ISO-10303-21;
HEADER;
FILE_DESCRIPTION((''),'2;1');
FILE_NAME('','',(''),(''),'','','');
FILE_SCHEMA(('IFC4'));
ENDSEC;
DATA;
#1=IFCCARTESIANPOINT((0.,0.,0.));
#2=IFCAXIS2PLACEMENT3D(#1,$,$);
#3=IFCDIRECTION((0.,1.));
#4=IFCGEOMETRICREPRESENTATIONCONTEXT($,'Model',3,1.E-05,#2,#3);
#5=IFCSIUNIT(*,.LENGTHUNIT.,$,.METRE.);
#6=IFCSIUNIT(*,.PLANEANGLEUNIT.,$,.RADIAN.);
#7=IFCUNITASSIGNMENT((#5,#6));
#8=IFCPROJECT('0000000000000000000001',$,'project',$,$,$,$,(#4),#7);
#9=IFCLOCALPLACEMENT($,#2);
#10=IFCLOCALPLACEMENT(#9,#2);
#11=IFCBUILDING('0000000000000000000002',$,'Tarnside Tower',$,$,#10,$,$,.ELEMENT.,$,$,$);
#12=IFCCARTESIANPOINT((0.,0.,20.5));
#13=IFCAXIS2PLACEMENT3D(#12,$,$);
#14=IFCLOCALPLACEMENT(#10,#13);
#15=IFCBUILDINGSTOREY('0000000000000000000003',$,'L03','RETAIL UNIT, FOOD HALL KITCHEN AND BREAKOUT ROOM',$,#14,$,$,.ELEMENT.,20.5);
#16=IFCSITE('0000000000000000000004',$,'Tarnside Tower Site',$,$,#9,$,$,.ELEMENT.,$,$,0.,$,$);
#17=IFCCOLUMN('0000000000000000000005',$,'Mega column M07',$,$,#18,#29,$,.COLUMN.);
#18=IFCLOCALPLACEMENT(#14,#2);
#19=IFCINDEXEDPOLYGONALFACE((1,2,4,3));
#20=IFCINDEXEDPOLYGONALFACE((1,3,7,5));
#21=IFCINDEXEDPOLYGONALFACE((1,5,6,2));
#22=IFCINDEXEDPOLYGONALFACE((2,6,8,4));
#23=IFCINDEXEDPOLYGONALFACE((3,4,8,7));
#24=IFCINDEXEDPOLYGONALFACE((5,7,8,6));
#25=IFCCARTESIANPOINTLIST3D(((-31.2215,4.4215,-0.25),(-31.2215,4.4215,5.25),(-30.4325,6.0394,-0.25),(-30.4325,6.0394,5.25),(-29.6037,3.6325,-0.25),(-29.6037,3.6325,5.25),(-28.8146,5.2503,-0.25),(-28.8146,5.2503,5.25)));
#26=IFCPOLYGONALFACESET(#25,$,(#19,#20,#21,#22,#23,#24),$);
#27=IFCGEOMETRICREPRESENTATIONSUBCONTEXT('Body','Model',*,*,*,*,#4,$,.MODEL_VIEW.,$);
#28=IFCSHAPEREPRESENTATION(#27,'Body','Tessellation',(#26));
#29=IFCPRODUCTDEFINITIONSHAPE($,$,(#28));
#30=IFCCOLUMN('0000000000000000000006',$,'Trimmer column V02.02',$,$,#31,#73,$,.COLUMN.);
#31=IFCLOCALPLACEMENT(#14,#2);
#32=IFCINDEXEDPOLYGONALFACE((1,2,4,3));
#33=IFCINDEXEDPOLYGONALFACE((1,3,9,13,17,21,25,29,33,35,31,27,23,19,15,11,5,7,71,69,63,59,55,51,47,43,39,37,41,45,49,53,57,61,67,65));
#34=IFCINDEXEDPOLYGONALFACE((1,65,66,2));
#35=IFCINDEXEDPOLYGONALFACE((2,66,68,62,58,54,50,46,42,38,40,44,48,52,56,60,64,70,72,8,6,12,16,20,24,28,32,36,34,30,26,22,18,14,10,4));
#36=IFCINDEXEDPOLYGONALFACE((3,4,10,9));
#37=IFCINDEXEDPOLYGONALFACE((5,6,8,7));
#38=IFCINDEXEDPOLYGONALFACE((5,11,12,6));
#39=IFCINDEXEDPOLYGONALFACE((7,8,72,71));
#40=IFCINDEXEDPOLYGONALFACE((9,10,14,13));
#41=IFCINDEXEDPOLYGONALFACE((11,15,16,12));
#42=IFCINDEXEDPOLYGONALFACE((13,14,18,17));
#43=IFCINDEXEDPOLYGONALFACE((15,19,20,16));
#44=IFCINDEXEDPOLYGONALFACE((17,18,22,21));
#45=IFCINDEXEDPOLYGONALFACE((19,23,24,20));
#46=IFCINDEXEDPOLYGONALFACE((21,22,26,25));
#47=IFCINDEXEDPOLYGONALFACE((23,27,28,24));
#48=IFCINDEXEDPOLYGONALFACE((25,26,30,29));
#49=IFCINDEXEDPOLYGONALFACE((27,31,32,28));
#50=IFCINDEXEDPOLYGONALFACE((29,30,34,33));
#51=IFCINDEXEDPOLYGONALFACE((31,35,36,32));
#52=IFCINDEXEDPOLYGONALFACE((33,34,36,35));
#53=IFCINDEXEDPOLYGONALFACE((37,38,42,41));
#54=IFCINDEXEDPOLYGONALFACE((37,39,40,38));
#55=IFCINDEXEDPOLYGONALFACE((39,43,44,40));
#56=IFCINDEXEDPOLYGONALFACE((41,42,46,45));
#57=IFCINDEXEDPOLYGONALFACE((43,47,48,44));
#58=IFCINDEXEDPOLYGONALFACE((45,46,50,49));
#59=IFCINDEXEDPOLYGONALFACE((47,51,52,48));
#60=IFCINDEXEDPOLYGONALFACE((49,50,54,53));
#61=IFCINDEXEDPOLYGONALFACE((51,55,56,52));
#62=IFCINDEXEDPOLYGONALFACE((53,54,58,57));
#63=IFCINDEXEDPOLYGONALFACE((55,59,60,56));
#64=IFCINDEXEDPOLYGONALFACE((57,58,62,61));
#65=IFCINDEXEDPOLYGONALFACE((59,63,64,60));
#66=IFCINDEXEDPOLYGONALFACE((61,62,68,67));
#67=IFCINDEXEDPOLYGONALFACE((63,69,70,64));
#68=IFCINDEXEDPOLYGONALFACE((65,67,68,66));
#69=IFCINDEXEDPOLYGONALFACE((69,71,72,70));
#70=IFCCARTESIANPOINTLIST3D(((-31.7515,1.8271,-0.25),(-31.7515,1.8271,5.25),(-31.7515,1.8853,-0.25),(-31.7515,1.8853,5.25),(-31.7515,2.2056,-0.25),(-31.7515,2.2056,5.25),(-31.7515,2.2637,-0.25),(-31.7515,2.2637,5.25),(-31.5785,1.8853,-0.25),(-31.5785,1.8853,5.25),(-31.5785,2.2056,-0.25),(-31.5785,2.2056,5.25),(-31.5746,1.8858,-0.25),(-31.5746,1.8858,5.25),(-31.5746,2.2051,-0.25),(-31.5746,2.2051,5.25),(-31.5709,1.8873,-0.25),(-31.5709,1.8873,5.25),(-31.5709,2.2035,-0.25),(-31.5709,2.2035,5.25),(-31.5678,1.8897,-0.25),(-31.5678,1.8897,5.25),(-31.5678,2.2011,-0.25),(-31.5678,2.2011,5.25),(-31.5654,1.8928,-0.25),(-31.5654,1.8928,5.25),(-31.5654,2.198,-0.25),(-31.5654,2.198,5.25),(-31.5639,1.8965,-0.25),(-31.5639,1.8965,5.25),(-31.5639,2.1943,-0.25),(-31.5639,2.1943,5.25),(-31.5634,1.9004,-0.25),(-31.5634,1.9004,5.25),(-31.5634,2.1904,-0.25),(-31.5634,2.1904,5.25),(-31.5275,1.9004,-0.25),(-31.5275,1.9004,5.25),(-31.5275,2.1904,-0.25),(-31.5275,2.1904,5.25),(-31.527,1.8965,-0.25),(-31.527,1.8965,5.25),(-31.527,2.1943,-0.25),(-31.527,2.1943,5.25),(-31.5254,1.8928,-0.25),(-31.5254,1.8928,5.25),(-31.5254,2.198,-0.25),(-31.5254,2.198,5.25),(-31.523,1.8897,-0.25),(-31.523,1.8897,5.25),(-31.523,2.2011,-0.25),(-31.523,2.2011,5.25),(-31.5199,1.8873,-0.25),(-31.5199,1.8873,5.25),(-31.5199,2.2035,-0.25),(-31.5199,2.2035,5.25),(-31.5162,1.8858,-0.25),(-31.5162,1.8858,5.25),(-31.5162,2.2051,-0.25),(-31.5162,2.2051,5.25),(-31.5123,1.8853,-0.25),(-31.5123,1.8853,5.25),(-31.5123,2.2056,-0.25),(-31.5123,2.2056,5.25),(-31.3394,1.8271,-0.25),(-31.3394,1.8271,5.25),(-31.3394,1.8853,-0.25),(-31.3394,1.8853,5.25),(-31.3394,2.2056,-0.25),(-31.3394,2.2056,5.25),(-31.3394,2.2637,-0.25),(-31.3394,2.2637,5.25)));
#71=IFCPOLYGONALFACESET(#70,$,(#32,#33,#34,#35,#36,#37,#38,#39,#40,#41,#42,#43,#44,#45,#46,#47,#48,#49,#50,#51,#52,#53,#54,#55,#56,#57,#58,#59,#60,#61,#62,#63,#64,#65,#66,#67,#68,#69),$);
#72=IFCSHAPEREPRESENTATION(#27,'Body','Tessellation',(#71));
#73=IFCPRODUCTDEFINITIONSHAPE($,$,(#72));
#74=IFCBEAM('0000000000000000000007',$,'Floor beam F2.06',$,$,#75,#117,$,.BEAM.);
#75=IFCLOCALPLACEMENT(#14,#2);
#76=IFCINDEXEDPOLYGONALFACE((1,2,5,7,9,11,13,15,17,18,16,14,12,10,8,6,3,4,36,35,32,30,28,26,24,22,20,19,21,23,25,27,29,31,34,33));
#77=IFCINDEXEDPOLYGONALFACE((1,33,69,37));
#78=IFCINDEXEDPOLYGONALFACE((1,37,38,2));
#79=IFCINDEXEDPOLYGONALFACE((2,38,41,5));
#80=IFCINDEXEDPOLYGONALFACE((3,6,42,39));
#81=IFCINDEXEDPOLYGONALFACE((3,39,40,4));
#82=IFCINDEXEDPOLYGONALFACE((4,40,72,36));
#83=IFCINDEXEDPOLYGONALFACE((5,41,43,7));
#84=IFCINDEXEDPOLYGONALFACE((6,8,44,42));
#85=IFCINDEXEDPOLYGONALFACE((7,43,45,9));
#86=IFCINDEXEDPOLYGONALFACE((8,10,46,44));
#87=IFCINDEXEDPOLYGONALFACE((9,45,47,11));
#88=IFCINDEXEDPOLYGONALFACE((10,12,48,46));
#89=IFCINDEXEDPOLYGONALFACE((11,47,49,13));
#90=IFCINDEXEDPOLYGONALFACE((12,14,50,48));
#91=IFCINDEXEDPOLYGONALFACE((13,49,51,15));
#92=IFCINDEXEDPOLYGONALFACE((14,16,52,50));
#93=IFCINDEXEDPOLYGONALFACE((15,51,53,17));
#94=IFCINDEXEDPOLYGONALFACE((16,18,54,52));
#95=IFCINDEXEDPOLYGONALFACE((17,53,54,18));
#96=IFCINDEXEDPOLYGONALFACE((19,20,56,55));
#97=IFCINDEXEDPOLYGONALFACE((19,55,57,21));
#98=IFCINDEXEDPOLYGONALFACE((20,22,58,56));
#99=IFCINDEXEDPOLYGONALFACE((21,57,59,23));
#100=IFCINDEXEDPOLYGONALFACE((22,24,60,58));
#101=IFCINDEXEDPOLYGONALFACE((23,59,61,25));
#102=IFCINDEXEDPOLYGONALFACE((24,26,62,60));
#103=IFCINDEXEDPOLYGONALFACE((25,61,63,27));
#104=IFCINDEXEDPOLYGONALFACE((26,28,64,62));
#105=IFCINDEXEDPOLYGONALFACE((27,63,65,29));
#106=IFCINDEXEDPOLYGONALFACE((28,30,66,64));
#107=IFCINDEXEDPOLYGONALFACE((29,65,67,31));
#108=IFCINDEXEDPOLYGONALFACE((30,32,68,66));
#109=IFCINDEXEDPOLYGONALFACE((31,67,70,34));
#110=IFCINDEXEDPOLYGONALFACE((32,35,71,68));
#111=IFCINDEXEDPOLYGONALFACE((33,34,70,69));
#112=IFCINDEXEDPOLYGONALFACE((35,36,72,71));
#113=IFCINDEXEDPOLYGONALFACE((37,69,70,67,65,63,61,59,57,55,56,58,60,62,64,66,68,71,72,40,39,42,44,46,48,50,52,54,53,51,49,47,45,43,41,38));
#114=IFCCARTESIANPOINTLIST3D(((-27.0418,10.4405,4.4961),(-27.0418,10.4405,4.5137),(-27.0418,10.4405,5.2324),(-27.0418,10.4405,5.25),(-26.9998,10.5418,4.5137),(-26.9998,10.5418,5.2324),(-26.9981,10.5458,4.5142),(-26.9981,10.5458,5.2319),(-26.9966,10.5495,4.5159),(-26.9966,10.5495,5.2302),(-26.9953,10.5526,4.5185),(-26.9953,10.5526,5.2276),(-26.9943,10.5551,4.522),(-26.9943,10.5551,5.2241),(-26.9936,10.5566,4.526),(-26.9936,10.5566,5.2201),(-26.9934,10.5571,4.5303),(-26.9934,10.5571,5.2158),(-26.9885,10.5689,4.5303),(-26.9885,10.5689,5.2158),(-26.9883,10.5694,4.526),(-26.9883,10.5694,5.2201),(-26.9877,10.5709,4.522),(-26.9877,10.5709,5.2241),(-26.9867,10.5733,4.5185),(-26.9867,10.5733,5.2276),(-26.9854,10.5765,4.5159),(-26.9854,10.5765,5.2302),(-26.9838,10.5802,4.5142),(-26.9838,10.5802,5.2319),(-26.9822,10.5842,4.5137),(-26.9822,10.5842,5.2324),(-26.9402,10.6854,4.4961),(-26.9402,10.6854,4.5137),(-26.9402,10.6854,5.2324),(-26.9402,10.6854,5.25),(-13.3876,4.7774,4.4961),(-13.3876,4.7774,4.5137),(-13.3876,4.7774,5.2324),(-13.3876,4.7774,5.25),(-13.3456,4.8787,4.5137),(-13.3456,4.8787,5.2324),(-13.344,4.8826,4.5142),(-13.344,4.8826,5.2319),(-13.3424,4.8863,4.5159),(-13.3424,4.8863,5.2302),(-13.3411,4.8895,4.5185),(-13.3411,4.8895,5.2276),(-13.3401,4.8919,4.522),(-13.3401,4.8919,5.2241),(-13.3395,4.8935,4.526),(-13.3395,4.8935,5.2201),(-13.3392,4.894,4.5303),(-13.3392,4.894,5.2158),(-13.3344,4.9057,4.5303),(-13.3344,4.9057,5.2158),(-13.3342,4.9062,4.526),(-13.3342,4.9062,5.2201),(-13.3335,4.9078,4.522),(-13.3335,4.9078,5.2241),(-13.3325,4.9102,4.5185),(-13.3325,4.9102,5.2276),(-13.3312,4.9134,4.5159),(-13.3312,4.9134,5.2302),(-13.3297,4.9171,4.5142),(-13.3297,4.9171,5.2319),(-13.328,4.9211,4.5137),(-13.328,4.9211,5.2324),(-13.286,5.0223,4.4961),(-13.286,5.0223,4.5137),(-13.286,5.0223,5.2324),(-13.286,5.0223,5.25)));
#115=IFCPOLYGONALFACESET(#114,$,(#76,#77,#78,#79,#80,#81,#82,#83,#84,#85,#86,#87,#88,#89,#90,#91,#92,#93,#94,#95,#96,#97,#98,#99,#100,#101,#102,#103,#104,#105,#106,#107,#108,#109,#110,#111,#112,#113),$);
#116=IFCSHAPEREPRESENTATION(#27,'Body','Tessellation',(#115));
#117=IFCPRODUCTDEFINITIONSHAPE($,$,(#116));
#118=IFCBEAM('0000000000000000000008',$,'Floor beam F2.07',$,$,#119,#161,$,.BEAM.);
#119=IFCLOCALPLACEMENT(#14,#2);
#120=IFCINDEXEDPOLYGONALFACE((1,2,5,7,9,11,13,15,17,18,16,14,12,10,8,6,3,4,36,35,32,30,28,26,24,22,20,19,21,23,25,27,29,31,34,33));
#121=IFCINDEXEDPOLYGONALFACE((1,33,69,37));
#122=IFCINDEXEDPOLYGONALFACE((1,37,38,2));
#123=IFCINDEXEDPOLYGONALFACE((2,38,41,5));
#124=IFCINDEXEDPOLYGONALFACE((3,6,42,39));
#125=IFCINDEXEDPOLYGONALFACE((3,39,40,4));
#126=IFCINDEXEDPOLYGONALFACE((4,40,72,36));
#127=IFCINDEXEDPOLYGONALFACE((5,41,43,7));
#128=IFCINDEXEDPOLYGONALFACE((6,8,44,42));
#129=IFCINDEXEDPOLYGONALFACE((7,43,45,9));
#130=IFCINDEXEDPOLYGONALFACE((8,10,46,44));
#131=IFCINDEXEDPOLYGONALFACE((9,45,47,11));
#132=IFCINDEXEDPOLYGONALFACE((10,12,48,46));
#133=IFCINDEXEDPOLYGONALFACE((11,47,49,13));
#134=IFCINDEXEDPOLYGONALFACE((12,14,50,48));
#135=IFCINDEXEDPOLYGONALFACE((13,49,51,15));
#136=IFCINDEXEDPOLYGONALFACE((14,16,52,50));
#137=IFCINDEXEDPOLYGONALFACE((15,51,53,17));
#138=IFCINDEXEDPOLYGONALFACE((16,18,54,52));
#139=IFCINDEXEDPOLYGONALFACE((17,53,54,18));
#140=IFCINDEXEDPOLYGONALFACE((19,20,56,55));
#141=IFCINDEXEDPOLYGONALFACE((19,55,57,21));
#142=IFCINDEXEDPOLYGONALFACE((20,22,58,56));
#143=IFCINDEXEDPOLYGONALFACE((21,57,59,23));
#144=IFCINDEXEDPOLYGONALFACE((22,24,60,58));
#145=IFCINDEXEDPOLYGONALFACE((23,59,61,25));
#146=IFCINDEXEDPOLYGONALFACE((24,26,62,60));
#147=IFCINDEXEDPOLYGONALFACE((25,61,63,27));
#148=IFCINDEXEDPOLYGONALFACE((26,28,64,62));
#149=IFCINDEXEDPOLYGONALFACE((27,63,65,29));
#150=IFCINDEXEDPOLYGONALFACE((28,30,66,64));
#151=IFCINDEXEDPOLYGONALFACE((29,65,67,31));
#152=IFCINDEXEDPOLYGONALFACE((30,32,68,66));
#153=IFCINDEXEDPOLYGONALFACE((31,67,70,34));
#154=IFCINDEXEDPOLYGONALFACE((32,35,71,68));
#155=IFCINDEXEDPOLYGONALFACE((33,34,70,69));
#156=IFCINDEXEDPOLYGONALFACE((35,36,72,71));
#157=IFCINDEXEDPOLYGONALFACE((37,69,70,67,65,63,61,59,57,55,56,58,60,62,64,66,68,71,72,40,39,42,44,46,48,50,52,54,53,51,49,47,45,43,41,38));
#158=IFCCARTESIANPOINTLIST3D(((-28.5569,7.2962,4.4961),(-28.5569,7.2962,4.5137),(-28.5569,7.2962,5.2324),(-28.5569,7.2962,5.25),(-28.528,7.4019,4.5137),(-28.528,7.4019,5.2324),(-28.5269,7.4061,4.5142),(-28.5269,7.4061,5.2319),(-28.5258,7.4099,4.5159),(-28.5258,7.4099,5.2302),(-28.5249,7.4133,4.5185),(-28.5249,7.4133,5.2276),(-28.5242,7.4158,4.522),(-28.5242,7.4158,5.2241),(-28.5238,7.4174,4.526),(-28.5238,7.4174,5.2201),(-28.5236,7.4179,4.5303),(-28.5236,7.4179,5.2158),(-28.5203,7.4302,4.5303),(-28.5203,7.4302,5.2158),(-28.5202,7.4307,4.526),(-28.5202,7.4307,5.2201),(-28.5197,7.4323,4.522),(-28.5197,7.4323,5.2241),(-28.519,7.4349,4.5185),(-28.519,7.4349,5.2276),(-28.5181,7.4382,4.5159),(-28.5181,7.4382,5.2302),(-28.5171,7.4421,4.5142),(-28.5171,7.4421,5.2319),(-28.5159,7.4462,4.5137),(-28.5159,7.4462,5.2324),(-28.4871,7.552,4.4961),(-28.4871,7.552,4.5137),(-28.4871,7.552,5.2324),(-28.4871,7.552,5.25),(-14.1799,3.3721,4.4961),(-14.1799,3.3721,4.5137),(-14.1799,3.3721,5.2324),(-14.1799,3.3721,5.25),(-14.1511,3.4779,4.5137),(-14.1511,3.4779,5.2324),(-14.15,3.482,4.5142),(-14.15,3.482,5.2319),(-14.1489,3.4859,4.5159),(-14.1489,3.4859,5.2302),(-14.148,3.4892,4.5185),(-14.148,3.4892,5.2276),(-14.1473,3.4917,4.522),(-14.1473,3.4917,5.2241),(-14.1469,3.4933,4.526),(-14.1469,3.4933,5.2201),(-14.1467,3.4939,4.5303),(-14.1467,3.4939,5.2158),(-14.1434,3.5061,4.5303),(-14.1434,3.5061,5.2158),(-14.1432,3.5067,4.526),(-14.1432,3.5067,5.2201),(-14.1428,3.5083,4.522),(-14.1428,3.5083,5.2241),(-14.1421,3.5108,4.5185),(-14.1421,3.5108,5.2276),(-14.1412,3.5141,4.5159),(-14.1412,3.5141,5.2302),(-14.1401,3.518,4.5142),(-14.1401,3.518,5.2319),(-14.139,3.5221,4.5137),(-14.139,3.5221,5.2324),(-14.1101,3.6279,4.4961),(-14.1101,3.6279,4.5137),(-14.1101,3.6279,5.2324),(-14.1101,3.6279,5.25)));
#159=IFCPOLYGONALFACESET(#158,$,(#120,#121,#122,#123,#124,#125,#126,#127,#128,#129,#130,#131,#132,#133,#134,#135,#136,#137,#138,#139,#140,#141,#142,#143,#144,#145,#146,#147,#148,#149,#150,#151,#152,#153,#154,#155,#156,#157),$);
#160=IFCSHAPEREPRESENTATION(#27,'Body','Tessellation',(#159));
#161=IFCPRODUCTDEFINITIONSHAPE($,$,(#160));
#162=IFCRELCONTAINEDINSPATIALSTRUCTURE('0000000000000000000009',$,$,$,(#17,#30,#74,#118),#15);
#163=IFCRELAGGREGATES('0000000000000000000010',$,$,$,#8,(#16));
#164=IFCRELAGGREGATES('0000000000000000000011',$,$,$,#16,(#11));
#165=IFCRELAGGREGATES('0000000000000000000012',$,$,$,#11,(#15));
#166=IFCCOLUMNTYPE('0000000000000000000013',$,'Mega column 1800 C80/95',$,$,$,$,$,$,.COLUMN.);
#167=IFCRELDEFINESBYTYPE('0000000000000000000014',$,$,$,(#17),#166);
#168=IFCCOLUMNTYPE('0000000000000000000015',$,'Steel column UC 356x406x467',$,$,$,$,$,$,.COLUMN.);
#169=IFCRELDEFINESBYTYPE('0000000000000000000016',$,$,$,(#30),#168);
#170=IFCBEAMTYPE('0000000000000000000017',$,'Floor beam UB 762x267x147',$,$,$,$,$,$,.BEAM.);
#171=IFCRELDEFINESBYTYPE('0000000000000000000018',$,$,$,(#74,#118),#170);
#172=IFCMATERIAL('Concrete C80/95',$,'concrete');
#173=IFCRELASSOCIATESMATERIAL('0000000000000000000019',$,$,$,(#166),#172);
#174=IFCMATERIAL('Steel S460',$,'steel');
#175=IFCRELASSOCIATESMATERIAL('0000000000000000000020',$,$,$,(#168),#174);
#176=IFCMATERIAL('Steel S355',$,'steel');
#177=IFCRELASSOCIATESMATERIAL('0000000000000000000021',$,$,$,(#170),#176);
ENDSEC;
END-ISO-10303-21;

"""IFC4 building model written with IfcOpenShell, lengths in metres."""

from ifc_helpers import new_model, si_unit, direction, frame, origin, origin_2d, place, context, subcontext, project, spatial, rectangle, i_section, extrude, material, material_profile, profile_set, type_object, element, save


model = new_model("IFC4")

# Units and contexts
model_context = context("Model", 3, precision=1e-05, world=origin(), true_north=direction((0.0, 1.0)))
body_context = subcontext(model_context, "Body", "Model", "MODEL_VIEW")
ifc_project = project(units=[si_unit("LENGTHUNIT", "METRE"), si_unit("PLANEANGLEUNIT", "RADIAN")], contexts=[model_context])

# Site, building, storey
site_placement = place(None, origin())
site = spatial("IfcSite", under=ifc_project, at=site_placement, Name="Tarnside Tower Site", CompositionType="ELEMENT", RefElevation=0.0)
building_placement = place(site_placement, origin())
building = spatial("IfcBuilding", under=site, at=building_placement, Name="Tarnside Tower", CompositionType="ELEMENT")
storey_placement = place(building_placement, frame((0.0, 0.0, 20.5)))
storey = spatial("IfcBuildingStorey", under=building, at=storey_placement, Name="L03", Description="RETAIL UNIT, FOOD HALL KITCHEN AND BREAKOUT ROOM", CompositionType="ELEMENT", Elevation=20.5)

# Columns
ifc_material_1 = material(Name="Concrete C80/95", Category="concrete")
ifc_material_profile_1 = material_profile(ifc_material_1, rectangle(XDim=1.8, YDim=1.8, at=origin_2d()), Name="Mega column 1800x1800")
ifc_profile_set_1 = profile_set([ifc_material_profile_1], Name="Concrete C80/95")
column_type_1 = type_object("IfcColumnType", Name="Mega column 1800 C80/95", PredefinedType="COLUMN", material=ifc_profile_set_1)
column_1_placement = place(storey_placement, frame((-30.0181, 4.8359, -0.25), z_axis=(0.0, 0.0, 1.0), x_axis=(0.438371, 0.898794, 0.0)))
element("IfcColumn", 1, at=column_1_placement, inside=storey, type_object=column_type_1, Name="Mega column M07", PredefinedType="COLUMN", context=body_context, shape_type="SweptSolid", body=[
    extrude(rectangle(XDim=1.8, YDim=1.8, at=origin_2d()), origin(), (0.0, 0.0, 1.0), 5.5),
])
ifc_material_2 = material(Name="Steel S460", Category="steel")
ifc_material_profile_2 = material_profile(ifc_material_2, i_section(OverallWidth=0.4121, OverallDepth=0.4365, WebThickness=0.0359, FlangeThickness=0.0581, FilletRadius=0.0151, at=origin_2d()), Name="UC 356x406x467")
ifc_profile_set_2 = profile_set([ifc_material_profile_2], Name="Steel S460")
column_type_2 = type_object("IfcColumnType", Name="Steel column UC 356x406x467", PredefinedType="COLUMN", material=ifc_profile_set_2)
column_2_placement = place(storey_placement, frame((-31.5454, 2.0454, -0.25), z_axis=(0.0, 0.0, 1.0), x_axis=(1.0, 0.0, 0.0)))
element("IfcColumn", 2, at=column_2_placement, inside=storey, type_object=column_type_2, Name="Trimmer column V02.02", PredefinedType="COLUMN", context=body_context, shape_type="SweptSolid", body=[
    extrude(i_section(OverallWidth=0.4121, OverallDepth=0.4365, WebThickness=0.0359, FlangeThickness=0.0581, FilletRadius=0.0151, at=origin_2d()), origin(), (0.0, 0.0, 1.0), 5.5),
])

# Beams
ifc_material_3 = material(Name="Steel S355", Category="steel")
ifc_material_profile_3 = material_profile(ifc_material_3, i_section(OverallWidth=0.2651, OverallDepth=0.7539, WebThickness=0.0127, FlangeThickness=0.0176, FilletRadius=0.0166, at=origin_2d()), Name="UB 762x267x147")
ifc_profile_set_3 = profile_set([ifc_material_profile_3], Name="Steel S355")
beam_type_1 = type_object("IfcBeamType", Name="Floor beam UB 762x267x147", PredefinedType="BEAM", material=ifc_profile_set_3)
beam_1_placement = place(storey_placement, frame((-26.991, 10.563, 4.873), z_axis=(0.923703, -0.38311, 0.0), x_axis=(0.38311, 0.923703, 0.0)))
element("IfcBeam", 3, at=beam_1_placement, inside=storey, type_object=beam_type_1, Name="Floor beam F2.06", PredefinedType="BEAM", context=body_context, shape_type="SweptSolid", body=[
    extrude(i_section(OverallWidth=0.2651, OverallDepth=0.7539, WebThickness=0.0127, FlangeThickness=0.0176, FilletRadius=0.0166, at=origin_2d()), origin(), (0.0, 0.0, 1.0), 14.782),
])
beam_2_placement = place(storey_placement, frame((-28.522, 7.4241, 4.873), z_axis=(0.964711, -0.26331, 0.0), x_axis=(0.26331, 0.964711, 0.0)))
element("IfcBeam", 4, at=beam_2_placement, inside=storey, type_object=beam_type_1, Name="Floor beam F2.07", PredefinedType="BEAM", context=body_context, shape_type="SweptSolid", body=[
    extrude(i_section(OverallWidth=0.2651, OverallDepth=0.7539, WebThickness=0.0127, FlangeThickness=0.0176, FilletRadius=0.0166, at=origin_2d()), origin(), (0.0, 0.0, 1.0), 14.9028),
])

save(model, "model.ifc")
